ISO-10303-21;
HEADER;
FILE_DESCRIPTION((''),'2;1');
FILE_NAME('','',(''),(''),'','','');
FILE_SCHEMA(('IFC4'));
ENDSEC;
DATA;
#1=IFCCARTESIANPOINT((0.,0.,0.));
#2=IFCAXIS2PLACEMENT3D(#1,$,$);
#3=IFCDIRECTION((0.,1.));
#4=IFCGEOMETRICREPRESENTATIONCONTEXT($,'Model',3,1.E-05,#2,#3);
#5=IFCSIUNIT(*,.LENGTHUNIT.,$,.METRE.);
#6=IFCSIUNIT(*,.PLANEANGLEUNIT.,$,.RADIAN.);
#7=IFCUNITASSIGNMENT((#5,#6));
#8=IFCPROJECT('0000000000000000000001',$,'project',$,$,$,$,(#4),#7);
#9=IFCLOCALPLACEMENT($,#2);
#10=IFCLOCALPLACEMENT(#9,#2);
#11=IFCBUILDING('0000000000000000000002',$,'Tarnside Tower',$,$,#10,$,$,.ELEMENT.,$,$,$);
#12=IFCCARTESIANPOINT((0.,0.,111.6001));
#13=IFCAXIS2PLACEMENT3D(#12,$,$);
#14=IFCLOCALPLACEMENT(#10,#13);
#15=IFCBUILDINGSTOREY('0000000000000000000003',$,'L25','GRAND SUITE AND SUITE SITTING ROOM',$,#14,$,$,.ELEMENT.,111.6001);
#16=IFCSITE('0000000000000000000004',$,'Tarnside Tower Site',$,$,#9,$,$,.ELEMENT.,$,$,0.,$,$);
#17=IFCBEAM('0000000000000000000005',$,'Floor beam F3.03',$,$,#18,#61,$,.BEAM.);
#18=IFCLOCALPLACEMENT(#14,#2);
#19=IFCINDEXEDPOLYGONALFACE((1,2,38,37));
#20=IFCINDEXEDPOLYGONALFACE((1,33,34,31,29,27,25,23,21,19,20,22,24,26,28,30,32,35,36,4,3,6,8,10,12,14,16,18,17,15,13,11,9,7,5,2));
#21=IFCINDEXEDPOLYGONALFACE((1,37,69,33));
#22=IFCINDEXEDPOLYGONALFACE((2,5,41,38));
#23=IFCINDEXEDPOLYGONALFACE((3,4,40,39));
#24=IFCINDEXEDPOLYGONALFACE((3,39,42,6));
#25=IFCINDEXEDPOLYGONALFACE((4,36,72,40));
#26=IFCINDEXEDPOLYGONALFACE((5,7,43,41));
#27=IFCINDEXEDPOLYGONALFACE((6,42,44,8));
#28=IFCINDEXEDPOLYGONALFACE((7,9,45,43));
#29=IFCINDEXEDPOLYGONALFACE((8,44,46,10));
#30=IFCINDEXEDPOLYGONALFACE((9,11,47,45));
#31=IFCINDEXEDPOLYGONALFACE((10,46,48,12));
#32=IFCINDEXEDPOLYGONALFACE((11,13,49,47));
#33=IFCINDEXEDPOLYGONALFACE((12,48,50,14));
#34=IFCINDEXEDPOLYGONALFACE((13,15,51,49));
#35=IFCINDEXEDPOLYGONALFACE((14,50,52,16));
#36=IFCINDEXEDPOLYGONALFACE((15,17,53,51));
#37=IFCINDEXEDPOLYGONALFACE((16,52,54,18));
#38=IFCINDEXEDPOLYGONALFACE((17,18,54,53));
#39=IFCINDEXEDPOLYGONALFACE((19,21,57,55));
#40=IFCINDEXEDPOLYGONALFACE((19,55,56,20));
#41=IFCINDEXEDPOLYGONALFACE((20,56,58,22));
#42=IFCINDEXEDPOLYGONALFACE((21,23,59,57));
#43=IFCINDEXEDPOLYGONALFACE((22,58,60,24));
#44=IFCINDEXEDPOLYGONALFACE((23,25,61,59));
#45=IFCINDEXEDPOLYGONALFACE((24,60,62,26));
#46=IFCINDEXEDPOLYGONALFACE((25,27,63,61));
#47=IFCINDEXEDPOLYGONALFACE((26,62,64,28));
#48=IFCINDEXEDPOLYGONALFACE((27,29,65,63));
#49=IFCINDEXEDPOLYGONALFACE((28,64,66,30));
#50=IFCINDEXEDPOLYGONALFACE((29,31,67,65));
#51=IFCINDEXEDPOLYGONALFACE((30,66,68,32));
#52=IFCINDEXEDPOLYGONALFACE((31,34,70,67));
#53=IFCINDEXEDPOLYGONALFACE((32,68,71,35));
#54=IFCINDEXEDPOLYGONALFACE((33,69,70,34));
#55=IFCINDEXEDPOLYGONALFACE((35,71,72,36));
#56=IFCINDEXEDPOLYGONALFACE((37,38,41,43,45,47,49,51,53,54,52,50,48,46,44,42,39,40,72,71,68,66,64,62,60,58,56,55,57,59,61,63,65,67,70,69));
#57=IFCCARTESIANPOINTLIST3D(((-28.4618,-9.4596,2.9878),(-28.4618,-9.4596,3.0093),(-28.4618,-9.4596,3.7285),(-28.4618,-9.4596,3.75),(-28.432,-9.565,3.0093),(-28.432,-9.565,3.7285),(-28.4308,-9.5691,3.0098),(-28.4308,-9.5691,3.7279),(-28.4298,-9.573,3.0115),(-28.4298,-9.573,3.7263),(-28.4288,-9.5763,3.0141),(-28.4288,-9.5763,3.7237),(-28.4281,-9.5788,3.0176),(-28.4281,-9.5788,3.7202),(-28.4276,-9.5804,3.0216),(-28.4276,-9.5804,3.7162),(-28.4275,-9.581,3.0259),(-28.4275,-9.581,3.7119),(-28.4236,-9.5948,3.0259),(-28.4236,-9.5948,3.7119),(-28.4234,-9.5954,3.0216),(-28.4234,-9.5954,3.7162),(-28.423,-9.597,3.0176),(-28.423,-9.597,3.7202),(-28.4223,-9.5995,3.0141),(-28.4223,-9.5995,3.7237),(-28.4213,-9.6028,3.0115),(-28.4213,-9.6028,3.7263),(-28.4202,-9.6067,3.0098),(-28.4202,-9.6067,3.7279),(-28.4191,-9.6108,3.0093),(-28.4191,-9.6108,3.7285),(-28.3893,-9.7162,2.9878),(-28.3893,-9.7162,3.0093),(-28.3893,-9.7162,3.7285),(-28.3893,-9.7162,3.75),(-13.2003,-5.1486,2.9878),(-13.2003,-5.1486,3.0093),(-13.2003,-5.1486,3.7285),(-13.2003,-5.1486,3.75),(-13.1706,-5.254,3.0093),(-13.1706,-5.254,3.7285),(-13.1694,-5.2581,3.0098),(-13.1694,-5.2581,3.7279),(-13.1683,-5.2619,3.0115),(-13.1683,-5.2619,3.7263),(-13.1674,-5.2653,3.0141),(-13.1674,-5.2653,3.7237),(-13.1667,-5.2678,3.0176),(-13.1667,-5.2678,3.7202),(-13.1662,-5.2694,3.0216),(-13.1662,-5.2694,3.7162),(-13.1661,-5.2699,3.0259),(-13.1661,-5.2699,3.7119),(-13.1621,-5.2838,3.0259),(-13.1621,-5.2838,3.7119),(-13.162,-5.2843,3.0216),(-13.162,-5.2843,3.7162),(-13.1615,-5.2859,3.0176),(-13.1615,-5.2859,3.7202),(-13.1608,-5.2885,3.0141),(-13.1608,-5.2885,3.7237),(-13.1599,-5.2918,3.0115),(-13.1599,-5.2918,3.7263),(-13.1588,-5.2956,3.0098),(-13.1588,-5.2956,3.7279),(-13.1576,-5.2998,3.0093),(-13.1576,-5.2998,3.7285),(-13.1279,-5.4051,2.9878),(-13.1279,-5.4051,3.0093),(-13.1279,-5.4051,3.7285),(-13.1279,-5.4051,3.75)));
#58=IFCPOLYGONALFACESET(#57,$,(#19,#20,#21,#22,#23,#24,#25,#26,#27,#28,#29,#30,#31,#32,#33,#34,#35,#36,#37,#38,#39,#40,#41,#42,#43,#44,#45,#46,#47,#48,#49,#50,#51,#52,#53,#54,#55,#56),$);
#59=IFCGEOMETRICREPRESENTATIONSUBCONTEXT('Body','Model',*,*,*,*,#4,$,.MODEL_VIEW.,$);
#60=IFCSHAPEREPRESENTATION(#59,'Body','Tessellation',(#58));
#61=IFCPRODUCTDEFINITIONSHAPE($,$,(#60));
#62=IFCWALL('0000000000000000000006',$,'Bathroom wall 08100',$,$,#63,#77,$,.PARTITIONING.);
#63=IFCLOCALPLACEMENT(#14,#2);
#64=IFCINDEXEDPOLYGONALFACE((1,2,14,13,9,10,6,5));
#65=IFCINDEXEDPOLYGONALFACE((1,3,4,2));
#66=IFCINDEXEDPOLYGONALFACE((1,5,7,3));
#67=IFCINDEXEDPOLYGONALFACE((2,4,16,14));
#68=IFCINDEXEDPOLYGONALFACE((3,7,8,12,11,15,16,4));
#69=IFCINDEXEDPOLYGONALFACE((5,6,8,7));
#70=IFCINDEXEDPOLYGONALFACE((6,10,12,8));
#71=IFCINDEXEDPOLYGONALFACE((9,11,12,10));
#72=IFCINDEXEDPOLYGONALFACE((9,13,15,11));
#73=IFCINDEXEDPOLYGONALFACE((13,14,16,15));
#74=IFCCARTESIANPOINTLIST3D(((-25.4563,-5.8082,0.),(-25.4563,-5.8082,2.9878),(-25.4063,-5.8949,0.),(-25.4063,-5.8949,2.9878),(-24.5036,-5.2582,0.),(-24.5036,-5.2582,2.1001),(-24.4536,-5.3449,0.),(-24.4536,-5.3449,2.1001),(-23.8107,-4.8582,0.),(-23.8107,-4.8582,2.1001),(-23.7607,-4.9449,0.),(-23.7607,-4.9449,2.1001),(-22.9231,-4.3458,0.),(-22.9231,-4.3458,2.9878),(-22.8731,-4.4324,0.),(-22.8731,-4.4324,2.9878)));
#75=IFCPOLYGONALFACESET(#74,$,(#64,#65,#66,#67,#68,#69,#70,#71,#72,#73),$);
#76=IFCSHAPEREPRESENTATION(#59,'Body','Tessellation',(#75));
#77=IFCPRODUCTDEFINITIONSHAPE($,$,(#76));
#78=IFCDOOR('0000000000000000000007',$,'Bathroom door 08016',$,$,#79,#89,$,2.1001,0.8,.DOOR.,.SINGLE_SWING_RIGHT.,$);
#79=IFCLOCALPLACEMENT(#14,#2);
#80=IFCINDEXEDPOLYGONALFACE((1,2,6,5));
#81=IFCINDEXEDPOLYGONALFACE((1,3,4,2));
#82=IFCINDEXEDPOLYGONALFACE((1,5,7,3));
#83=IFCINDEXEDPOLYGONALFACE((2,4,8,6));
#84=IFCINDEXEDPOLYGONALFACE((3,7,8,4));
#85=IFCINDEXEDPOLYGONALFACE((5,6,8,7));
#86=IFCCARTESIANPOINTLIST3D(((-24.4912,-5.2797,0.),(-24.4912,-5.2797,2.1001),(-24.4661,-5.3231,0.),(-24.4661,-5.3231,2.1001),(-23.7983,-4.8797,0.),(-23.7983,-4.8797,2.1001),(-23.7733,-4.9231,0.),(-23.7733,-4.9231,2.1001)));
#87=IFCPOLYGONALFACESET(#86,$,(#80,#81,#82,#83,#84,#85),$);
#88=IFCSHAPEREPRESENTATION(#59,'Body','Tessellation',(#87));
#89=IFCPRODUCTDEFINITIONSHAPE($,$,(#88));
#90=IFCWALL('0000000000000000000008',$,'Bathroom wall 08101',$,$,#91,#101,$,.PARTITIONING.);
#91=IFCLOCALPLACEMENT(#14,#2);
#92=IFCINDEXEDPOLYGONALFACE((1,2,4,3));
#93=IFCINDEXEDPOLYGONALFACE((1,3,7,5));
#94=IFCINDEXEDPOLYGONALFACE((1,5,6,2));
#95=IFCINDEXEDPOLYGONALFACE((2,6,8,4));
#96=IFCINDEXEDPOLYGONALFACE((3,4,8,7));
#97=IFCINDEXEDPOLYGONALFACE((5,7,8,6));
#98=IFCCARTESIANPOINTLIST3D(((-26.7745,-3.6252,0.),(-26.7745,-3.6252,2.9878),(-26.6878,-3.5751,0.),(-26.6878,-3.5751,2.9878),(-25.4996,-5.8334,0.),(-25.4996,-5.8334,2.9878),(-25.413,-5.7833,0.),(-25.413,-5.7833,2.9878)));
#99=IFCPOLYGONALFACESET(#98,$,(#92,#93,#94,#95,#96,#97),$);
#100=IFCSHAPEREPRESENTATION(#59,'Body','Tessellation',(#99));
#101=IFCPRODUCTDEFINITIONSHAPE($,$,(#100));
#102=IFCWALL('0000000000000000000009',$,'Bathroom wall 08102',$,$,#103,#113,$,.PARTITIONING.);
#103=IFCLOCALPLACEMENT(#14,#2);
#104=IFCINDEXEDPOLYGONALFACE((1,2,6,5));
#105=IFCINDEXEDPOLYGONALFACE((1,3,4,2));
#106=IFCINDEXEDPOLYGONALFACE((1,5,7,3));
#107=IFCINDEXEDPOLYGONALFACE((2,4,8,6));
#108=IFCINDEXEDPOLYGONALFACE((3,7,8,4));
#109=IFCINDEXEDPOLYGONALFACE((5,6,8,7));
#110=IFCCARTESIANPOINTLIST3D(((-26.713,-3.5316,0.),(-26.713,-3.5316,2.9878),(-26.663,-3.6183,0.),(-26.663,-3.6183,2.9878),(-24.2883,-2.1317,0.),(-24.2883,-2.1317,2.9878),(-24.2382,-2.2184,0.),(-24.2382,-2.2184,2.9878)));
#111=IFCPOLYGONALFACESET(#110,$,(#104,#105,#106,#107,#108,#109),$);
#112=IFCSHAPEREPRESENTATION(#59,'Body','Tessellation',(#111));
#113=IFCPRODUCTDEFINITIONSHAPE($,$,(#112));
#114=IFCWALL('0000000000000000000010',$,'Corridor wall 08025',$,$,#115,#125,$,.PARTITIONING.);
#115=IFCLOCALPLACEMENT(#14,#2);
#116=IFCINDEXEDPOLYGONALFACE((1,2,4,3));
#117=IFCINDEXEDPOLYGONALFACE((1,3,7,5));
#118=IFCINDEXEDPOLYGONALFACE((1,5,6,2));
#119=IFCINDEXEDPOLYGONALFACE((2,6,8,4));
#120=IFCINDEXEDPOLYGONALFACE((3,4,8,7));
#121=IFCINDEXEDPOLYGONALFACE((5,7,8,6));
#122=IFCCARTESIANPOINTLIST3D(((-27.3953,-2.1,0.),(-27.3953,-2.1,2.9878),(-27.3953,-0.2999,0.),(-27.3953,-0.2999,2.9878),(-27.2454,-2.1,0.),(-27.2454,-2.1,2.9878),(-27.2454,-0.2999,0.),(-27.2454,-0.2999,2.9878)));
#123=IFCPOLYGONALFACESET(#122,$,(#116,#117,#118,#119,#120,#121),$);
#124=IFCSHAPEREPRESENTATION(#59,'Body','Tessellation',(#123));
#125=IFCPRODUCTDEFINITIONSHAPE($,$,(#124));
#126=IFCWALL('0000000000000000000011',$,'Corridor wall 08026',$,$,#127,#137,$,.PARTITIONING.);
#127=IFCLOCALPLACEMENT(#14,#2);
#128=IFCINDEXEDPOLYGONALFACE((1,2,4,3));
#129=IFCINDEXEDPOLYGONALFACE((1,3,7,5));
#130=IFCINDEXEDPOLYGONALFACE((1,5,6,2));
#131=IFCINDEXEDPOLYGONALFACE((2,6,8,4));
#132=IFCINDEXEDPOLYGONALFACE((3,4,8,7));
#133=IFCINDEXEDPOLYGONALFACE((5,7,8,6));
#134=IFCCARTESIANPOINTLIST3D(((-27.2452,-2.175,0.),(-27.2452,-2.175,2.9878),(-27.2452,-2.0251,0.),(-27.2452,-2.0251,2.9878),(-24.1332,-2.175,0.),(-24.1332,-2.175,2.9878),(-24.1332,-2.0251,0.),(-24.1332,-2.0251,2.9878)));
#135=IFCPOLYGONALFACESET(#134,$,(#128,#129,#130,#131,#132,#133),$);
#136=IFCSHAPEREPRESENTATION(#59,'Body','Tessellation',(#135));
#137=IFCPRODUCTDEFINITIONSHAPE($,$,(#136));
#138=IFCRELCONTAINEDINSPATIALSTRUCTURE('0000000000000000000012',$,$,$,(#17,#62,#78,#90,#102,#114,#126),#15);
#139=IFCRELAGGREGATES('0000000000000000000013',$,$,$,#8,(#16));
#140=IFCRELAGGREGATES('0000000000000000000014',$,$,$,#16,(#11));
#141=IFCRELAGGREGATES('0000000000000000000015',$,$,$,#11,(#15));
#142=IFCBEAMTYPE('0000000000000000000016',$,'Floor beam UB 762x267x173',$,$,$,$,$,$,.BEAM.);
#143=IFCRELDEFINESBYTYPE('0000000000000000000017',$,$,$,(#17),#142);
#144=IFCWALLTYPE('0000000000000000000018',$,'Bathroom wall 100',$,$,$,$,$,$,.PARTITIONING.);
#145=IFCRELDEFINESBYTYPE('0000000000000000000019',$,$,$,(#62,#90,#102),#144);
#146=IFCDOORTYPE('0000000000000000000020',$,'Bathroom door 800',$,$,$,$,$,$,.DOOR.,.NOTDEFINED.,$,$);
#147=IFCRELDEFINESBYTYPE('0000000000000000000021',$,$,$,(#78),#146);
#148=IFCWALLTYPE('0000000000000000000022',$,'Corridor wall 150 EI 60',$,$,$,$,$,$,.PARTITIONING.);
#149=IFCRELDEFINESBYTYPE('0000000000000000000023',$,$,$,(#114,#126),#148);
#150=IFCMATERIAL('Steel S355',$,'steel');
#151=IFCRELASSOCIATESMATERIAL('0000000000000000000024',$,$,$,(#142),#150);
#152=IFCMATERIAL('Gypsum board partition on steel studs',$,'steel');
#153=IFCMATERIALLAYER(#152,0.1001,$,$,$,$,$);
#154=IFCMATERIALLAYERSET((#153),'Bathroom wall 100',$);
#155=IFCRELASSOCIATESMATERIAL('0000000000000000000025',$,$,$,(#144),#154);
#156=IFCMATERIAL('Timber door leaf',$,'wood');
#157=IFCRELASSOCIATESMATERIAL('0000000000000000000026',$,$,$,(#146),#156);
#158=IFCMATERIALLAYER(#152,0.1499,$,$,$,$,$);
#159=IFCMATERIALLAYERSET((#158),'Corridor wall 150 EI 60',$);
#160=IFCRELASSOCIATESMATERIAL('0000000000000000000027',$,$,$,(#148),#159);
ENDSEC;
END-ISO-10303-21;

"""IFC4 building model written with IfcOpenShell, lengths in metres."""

from ifc_helpers import new_model, si_unit, direction, frame, frame_2d, origin, origin_2d, place, context, subcontext, project, spatial, rectangle, i_section, extrude, material, layer, layer_set, material_profile, profile_set, type_object, element, fill, save


model = new_model("IFC4")

# Units and contexts
model_context = context("Model", 3, precision=1e-05, world=origin(), true_north=direction((0.0, 1.0)))
body_context = subcontext(model_context, "Body", "Model", "MODEL_VIEW")
ifc_project = project(units=[si_unit("LENGTHUNIT", "METRE"), si_unit("PLANEANGLEUNIT", "RADIAN")], contexts=[model_context])

# Site, building, storey
site_placement = place(None, origin())
site = spatial("IfcSite", under=ifc_project, at=site_placement, Name="Tarnside Tower Site", CompositionType="ELEMENT", RefElevation=0.0)
building_placement = place(site_placement, origin())
building = spatial("IfcBuilding", under=site, at=building_placement, Name="Tarnside Tower", CompositionType="ELEMENT")
storey_placement = place(building_placement, frame((0.0, 0.0, 111.6001)))
storey = spatial("IfcBuildingStorey", under=building, at=storey_placement, Name="L25", Description="GRAND SUITE AND SUITE SITTING ROOM", CompositionType="ELEMENT", Elevation=111.6001)

# Beam
ifc_material_1 = material(Name="Steel S355", Category="steel")
ifc_material_profile = material_profile(ifc_material_1, i_section(OverallWidth=0.2666, OverallDepth=0.7622, WebThickness=0.0144, FlangeThickness=0.0215, FilletRadius=0.0166, at=origin_2d()), Name="UB 762x267x173")
ifc_profile_set = profile_set([ifc_material_profile], Name="Steel S355")
beam_type = type_object("IfcBeamType", Name="Floor beam UB 762x267x173", PredefinedType="BEAM", material=ifc_profile_set)
beam_placement = place(storey_placement, frame((-28.4255, -9.5879, 3.3689), z_axis=(0.962342, 0.271841, 0.0), x_axis=(-0.271841, 0.962342, 0.0)))
element("IfcBeam", 1, at=beam_placement, inside=storey, type_object=beam_type, Name="Floor beam F3.03", PredefinedType="BEAM", context=body_context, shape_type="SweptSolid", body=[
    extrude(i_section(OverallWidth=0.2666, OverallDepth=0.7622, WebThickness=0.0144, FlangeThickness=0.0215, FilletRadius=0.0166, at=origin_2d()), origin(), (0.0, 0.0, 1.0), 15.8586),
])

# Wall, opening, door
ifc_material_2 = material(Name="Gypsum board partition on steel studs", Category="steel")
ifc_layer_1 = layer(ifc_material_2, 0.1001)
ifc_layer_set_1 = layer_set([ifc_layer_1], Name="Bathroom wall 100")
wall_type_1 = type_object("IfcWallType", Name="Bathroom wall 100", PredefinedType="PARTITIONING", material=ifc_layer_set_1)
wall_1_placement = place(storey_placement, frame((-22.8982, -4.3892, 0.0), z_axis=(0.0, 0.0, 1.0), x_axis=(-0.866047, -0.499963, 0.0)))
wall_1 = element("IfcWall", 2, at=wall_1_placement, inside=storey, type_object=wall_type_1, Name="Bathroom wall 08100", PredefinedType="PARTITIONING", context=body_context, shape_type="SweptSolid", body=[
    extrude(rectangle(XDim=2.925, YDim=0.1001, at=frame_2d((1.4624, 0.0))), origin(), (0.0, 0.0, 1.0), 2.9878),
])
opening_1_placement = place(wall_1_placement, frame((1.0249, 0.0, 0.0)))
opening_1 = element("IfcOpeningElement", 3, at=opening_1_placement, cuts=wall_1, PredefinedType="OPENING", context=body_context, shape_type="SweptSolid", body=[
    extrude(rectangle(XDim=0.8, YDim=2.1001, at=frame_2d((0.3999, 1.05))), frame((0.0, 0.0601, 0.0), z_axis=(0.0, -1.0, 0.0), x_axis=(1.0, 0.0, 0.0)), (0.0, 0.0, 1.0), 0.1201),
])
ifc_material_3 = material(Name="Timber door leaf", Category="wood")
door_type_1 = type_object("IfcDoorType", Name="Bathroom door 800", OperationType="NOTDEFINED", PredefinedType="DOOR", material=ifc_material_3)
door_1_placement = place(opening_1_placement, origin())
door_1 = element("IfcDoor", 4, at=door_1_placement, inside=storey, type_object=door_type_1, Name="Bathroom door 08016", OperationType="SINGLE_SWING_RIGHT", OverallHeight=2.1001, OverallWidth=0.8, PredefinedType="DOOR", context=body_context, shape_type="SweptSolid", body=[
    extrude(rectangle(XDim=0.8, YDim=2.1001, at=frame_2d((0.3999, 1.05))), frame((0.0, 0.0249, 0.0), z_axis=(0.0, -1.0, 0.0), x_axis=(1.0, 0.0, 0.0)), (0.0, 0.0, 1.0), 0.05),
])
fill(opening_1, door_1)

# Walls
wall_2_placement = place(storey_placement, frame((-25.4563, -5.8083, 0.0), z_axis=(0.0, 0.0, 1.0), x_axis=(-0.49999, 0.866031, 0.0)))
element("IfcWall", 5, at=wall_2_placement, inside=storey, type_object=wall_type_1, Name="Bathroom wall 08101", PredefinedType="PARTITIONING", context=body_context, shape_type="SweptSolid", body=[
    extrude(rectangle(XDim=2.5498, YDim=0.1001, at=frame_2d((1.2749, 0.0))), origin(), (0.0, 0.0, 1.0), 2.9878),
])
wall_3_placement = place(storey_placement, frame((-26.688, -3.575, 0.0), z_axis=(0.0, 0.0, 1.0), x_axis=(0.866035, 0.499984, 0.0)))
element("IfcWall", 6, at=wall_3_placement, inside=storey, type_object=wall_type_1, Name="Bathroom wall 08102", PredefinedType="PARTITIONING", context=body_context, shape_type="SweptSolid", body=[
    extrude(rectangle(XDim=2.7998, YDim=0.1001, at=frame_2d((1.3999, 0.0))), origin(), (0.0, 0.0, 1.0), 2.9878),
])
ifc_layer_2 = layer(ifc_material_2, 0.1499)
ifc_layer_set_2 = layer_set([ifc_layer_2], Name="Corridor wall 150 EI 60")
wall_type_2 = type_object("IfcWallType", Name="Corridor wall 150 EI 60", PredefinedType="PARTITIONING", material=ifc_layer_set_2)
wall_4_placement = place(storey_placement, frame((-27.3203, -0.3, 0.0), z_axis=(0.0, 0.0, 1.0), x_axis=(0.0, -1.0, 0.0)))
element("IfcWall", 7, at=wall_4_placement, inside=storey, type_object=wall_type_2, Name="Corridor wall 08025", PredefinedType="PARTITIONING", context=body_context, shape_type="SweptSolid", body=[
    extrude(rectangle(XDim=1.8, YDim=0.1499, at=frame_2d((0.8999, 0.0))), origin(), (0.0, 0.0, 1.0), 2.9878),
])
wall_5_placement = place(storey_placement, frame((-27.2454, -2.1001, 0.0), z_axis=(0.0, 0.0, 1.0), x_axis=(1.0, 0.0, 0.0)))
element("IfcWall", 8, at=wall_5_placement, inside=storey, type_object=wall_type_2, Name="Corridor wall 08026", PredefinedType="PARTITIONING", context=body_context, shape_type="SweptSolid", body=[
    extrude(rectangle(XDim=3.1121, YDim=0.1499, at=frame_2d((1.5562, 0.0))), origin(), (0.0, 0.0, 1.0), 2.9878),
])

save(model, "model.ifc")
